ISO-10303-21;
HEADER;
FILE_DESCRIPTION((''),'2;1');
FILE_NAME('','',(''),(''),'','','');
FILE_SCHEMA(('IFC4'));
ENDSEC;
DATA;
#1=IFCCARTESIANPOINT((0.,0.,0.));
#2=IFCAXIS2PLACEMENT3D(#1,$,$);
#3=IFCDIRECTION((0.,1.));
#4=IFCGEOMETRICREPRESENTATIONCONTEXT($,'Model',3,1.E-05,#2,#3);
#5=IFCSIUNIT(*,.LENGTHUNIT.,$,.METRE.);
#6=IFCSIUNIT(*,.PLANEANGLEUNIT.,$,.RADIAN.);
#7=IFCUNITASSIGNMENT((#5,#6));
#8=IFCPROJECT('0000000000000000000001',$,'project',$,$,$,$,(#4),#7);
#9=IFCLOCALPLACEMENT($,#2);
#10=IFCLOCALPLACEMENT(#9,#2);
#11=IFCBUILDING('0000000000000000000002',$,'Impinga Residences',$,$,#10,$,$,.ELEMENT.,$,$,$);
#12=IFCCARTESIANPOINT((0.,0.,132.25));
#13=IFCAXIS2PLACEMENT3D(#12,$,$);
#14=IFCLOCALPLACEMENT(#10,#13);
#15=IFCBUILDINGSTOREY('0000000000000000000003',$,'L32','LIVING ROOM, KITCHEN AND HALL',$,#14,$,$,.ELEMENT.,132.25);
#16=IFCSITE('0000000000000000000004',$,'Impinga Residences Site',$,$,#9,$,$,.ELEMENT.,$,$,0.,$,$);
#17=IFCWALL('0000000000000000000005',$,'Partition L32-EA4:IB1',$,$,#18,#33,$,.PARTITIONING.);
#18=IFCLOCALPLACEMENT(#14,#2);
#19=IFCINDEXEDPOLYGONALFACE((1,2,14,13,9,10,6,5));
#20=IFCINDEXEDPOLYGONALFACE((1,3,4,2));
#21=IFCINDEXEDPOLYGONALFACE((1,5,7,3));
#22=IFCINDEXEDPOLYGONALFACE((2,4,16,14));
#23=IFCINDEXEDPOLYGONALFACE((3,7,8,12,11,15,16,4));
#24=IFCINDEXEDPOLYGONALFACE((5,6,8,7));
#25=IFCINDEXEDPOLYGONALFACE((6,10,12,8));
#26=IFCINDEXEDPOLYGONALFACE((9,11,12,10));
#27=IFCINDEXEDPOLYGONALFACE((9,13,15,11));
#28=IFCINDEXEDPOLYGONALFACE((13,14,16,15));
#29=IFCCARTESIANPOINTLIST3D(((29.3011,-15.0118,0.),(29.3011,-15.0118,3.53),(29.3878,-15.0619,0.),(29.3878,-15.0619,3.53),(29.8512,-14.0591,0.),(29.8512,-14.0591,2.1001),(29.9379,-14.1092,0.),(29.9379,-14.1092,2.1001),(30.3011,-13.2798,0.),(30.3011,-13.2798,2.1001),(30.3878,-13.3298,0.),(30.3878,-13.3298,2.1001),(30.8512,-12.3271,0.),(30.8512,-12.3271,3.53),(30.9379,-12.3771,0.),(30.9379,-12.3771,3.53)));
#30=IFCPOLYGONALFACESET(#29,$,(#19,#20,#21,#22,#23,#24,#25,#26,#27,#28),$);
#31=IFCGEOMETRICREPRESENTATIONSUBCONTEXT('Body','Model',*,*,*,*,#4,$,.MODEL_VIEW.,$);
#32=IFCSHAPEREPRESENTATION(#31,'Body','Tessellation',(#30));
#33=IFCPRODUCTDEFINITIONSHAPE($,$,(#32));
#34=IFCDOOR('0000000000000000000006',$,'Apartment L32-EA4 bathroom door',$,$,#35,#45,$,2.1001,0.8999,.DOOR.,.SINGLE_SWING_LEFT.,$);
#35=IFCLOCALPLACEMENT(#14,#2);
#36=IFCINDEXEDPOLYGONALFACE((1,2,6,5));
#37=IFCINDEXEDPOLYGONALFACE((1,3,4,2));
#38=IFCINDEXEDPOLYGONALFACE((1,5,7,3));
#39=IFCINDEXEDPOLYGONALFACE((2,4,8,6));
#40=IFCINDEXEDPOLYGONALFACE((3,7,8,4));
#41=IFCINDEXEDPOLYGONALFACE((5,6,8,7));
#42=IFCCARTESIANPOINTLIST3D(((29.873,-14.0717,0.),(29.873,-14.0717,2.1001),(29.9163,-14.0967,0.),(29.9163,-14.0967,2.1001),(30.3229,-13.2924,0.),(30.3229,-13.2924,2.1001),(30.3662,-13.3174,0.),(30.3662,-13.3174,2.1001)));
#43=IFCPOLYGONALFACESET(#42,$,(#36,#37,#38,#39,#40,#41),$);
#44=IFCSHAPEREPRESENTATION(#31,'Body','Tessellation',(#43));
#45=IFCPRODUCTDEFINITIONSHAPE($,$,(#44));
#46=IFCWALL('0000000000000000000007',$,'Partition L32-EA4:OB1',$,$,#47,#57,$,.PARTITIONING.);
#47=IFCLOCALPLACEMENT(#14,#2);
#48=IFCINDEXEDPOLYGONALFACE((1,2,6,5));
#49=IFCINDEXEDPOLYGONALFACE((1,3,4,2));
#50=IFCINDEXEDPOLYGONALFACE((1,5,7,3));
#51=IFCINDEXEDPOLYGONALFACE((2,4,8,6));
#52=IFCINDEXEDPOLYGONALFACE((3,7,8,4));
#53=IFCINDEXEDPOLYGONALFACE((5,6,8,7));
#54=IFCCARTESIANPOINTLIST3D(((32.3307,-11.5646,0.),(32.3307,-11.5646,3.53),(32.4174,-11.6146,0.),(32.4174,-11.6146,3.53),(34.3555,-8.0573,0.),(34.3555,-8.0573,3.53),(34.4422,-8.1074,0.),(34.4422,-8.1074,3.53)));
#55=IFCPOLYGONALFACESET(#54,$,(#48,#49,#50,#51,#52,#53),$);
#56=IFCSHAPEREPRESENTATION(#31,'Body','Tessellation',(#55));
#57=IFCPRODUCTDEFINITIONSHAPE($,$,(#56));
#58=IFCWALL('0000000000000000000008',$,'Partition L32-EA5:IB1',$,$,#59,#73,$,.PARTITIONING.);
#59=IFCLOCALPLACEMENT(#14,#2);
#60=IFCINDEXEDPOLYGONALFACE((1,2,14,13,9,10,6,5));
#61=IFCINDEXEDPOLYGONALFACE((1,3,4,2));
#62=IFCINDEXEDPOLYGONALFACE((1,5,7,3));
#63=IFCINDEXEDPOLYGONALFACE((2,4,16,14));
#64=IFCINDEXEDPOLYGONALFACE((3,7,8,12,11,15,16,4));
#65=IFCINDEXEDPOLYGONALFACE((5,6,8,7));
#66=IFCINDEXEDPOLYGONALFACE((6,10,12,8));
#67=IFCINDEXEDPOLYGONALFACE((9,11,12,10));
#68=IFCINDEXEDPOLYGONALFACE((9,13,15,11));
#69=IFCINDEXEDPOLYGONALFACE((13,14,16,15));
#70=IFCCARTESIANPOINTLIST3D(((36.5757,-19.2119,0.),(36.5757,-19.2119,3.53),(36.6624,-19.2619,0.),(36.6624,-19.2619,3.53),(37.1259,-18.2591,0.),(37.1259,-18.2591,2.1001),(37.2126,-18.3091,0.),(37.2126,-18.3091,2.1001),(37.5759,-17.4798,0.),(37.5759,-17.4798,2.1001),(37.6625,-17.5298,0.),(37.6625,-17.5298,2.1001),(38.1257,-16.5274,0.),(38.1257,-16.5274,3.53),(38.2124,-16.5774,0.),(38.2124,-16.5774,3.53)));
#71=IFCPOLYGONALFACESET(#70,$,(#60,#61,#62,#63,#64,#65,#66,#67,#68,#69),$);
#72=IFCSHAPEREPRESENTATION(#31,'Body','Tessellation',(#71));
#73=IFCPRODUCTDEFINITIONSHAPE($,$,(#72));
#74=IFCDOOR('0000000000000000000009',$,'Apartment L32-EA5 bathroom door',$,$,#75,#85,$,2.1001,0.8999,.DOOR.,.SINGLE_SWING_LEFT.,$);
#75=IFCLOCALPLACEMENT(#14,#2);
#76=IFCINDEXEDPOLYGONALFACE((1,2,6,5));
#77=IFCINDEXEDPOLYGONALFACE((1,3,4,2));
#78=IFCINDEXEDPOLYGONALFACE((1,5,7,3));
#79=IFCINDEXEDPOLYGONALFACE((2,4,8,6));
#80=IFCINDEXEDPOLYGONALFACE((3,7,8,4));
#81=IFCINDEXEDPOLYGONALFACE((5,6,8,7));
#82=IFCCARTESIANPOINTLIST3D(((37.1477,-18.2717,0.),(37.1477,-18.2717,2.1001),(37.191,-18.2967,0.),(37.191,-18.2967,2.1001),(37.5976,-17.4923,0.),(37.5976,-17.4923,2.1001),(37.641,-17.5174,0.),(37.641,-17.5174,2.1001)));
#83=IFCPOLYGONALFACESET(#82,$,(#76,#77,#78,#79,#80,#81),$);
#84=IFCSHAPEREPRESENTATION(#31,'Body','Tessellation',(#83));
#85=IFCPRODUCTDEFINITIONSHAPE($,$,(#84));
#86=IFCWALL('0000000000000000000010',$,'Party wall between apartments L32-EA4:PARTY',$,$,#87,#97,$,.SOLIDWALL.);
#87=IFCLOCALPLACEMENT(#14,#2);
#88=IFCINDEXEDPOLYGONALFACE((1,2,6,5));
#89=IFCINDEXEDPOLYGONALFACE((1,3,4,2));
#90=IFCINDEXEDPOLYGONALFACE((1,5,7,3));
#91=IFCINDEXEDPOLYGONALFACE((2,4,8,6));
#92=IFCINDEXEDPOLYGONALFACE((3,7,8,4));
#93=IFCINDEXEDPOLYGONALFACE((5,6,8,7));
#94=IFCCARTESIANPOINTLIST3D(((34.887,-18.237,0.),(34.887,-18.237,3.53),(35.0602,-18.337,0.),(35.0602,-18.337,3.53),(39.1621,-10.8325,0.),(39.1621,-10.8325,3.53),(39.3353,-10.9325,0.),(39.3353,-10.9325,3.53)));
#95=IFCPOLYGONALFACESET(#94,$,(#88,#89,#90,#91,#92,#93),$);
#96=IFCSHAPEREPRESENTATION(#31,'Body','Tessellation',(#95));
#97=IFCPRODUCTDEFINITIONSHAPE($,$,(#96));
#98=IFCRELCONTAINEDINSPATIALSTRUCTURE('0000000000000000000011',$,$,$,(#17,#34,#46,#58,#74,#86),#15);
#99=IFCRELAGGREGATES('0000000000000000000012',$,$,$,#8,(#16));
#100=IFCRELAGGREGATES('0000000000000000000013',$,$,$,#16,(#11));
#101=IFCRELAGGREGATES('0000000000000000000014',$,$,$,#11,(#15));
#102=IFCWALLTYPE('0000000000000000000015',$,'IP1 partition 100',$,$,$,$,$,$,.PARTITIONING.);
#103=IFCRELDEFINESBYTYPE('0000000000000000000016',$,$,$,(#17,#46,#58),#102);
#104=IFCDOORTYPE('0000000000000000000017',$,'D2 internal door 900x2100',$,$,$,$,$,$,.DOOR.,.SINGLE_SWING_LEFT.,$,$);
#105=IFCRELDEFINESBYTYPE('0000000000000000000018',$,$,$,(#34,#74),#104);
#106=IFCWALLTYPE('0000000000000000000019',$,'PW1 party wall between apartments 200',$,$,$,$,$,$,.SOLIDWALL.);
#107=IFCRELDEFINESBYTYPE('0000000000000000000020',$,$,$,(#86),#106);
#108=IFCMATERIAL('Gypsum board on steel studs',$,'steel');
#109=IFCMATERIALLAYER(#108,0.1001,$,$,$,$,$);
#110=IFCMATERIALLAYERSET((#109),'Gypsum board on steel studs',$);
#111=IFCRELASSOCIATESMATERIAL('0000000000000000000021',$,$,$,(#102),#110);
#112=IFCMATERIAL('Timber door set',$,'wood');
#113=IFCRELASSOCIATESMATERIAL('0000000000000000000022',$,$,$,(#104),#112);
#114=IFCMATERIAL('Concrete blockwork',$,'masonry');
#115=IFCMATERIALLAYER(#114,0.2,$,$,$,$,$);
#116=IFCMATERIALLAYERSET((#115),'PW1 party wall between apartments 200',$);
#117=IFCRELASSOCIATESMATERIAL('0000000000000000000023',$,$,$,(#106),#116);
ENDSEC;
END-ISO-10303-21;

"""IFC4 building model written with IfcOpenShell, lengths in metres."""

from ifc_helpers import new_model, si_unit, direction, frame, frame_2d, origin, place, context, subcontext, project, spatial, rectangle, extrude, material, layer, layer_set, type_object, element, fill, save


model = new_model("IFC4")

# Units and contexts
model_context = context("Model", 3, precision=1e-05, world=origin(), true_north=direction((0.0, 1.0)))
body_context = subcontext(model_context, "Body", "Model", "MODEL_VIEW")
ifc_project = project(units=[si_unit("LENGTHUNIT", "METRE"), si_unit("PLANEANGLEUNIT", "RADIAN")], contexts=[model_context])

# Site, building, storey
site_placement = place(None, origin())
site = spatial("IfcSite", under=ifc_project, at=site_placement, Name="Impinga Residences Site", CompositionType="ELEMENT", RefElevation=0.0)
building_placement = place(site_placement, origin())
building = spatial("IfcBuilding", under=site, at=building_placement, Name="Impinga Residences", CompositionType="ELEMENT")
storey_placement = place(building_placement, frame((0.0, 0.0, 132.25)))
storey = spatial("IfcBuildingStorey", under=building, at=storey_placement, Name="L32", Description="LIVING ROOM, KITCHEN AND HALL", CompositionType="ELEMENT", Elevation=132.25)

# Shared definitions
ifc_material_1 = material(Name="Concrete blockwork", Category="masonry")
ifc_material_2 = material(Name="Timber door set", Category="wood")

# Shared definitions
ifc_material_3 = material(Name="Gypsum board on steel studs", Category="steel")
ifc_layer_1 = layer(ifc_material_3, 0.1001)
ifc_layer_set_1 = layer_set([ifc_layer_1], Name="Gypsum board on steel studs")
wall_type_1 = type_object("IfcWallType", Name="IP1 partition 100", PredefinedType="PARTITIONING", material=ifc_layer_set_1)

# Shared definitions
door_type_1 = type_object("IfcDoorType", Name="D2 internal door 900x2100", OperationType="SINGLE_SWING_LEFT", PredefinedType="DOOR", material=ifc_material_2)

# Wall, opening, door
wall_1_placement = place(storey_placement, frame((29.3445, -15.0369, 0.0), z_axis=(0.0, 0.0, 1.0), x_axis=(0.499993, 0.86603, 0.0)))
wall_1 = element("IfcWall", 1, at=wall_1_placement, inside=storey, type_object=wall_type_1, Name="Partition L32-EA4:IB1", PredefinedType="PARTITIONING", context=body_context, shape_type="SweptSolid", body=[
    extrude(rectangle(XDim=3.1001, YDim=0.1001, at=frame_2d((1.55, 0.0))), origin(), (0.0, 0.0, 1.0), 3.53),
])
opening_1_placement = place(wall_1_placement, frame((1.1001, 0.0, 0.0)))
opening_1 = element("IfcOpeningElement", 2, at=opening_1_placement, cuts=wall_1, PredefinedType="OPENING", context=body_context, shape_type="SweptSolid", body=[
    extrude(rectangle(XDim=0.8999, YDim=2.1001, at=frame_2d((0.45, 1.05))), frame((0.0, 0.0601, 0.0), z_axis=(0.0, -1.0, 0.0), x_axis=(1.0, 0.0, 0.0)), (0.0, 0.0, 1.0), 0.1201),
])
door_1_placement = place(opening_1_placement, origin())
door_1 = element("IfcDoor", 3, at=door_1_placement, inside=storey, type_object=door_type_1, Name="Apartment L32-EA4 bathroom door", OperationType="SINGLE_SWING_LEFT", OverallHeight=2.1001, OverallWidth=0.8999, PredefinedType="DOOR", context=body_context, shape_type="SweptSolid", body=[
    extrude(rectangle(XDim=0.8999, YDim=2.1001, at=frame_2d((0.45, 1.05))), frame((0.0, 0.0249, 0.0), z_axis=(0.0, -1.0, 0.0), x_axis=(1.0, 0.0, 0.0)), (0.0, 0.0, 1.0), 0.05),
])
fill(opening_1, door_1)

# Wall
wall_2_placement = place(storey_placement, frame((32.374, -11.5896, 0.0), z_axis=(0.0, 0.0, 1.0), x_axis=(0.49999, 0.866031, 0.0)))
element("IfcWall", 4, at=wall_2_placement, inside=storey, type_object=wall_type_1, Name="Partition L32-EA4:OB1", PredefinedType="PARTITIONING", context=body_context, shape_type="SweptSolid", body=[
    extrude(rectangle(XDim=4.0498, YDim=0.1001, at=frame_2d((2.0249, 0.0))), origin(), (0.0, 0.0, 1.0), 3.53),
])

# Wall, opening, door
wall_3_placement = place(storey_placement, frame((36.6191, -19.2368, 0.0), z_axis=(0.0, 0.0, 1.0), x_axis=(0.500027, 0.86601, 0.0)))
wall_3 = element("IfcWall", 5, at=wall_3_placement, inside=storey, type_object=wall_type_1, Name="Partition L32-EA5:IB1", PredefinedType="PARTITIONING", context=body_context, shape_type="SweptSolid", body=[
    extrude(rectangle(XDim=3.0999, YDim=0.1001, at=frame_2d((1.5498, 0.0))), origin(), (0.0, 0.0, 1.0), 3.53),
])
opening_2_placement = place(wall_3_placement, frame((1.1001, 0.0, 0.0)))
opening_2 = element("IfcOpeningElement", 6, at=opening_2_placement, cuts=wall_3, PredefinedType="OPENING", context=body_context, shape_type="SweptSolid", body=[
    extrude(rectangle(XDim=0.8999, YDim=2.1001, at=frame_2d((0.45, 1.05))), frame((0.0, 0.0601, 0.0), z_axis=(0.0, -1.0, 0.0), x_axis=(1.0, 0.0, 0.0)), (0.0, 0.0, 1.0), 0.1201),
])
door_2_placement = place(opening_2_placement, origin())
door_2 = element("IfcDoor", 7, at=door_2_placement, inside=storey, type_object=door_type_1, Name="Apartment L32-EA5 bathroom door", OperationType="SINGLE_SWING_LEFT", OverallHeight=2.1001, OverallWidth=0.8999, PredefinedType="DOOR", context=body_context, shape_type="SweptSolid", body=[
    extrude(rectangle(XDim=0.8999, YDim=2.1001, at=frame_2d((0.45, 1.05))), frame((0.0, 0.0249, 0.0), z_axis=(0.0, -1.0, 0.0), x_axis=(1.0, 0.0, 0.0)), (0.0, 0.0, 1.0), 0.05),
])
fill(opening_2, door_2)

# Wall
ifc_layer_2 = layer(ifc_material_1, 0.2)
ifc_layer_set_2 = layer_set([ifc_layer_2], Name="PW1 party wall between apartments 200")
wall_type_2 = type_object("IfcWallType", Name="PW1 party wall between apartments 200", PredefinedType="SOLIDWALL", material=ifc_layer_set_2)
wall_4_placement = place(storey_placement, frame((34.9736, -18.2869, 0.0), z_axis=(0.0, 0.0, 1.0), x_axis=(0.500012, 0.866019, 0.0)))
element("IfcWall", 8, at=wall_4_placement, inside=storey, type_object=wall_type_2, Name="Party wall between apartments L32-EA4:PARTY", PredefinedType="SOLIDWALL", context=body_context, shape_type="SweptSolid", body=[
    extrude(rectangle(XDim=8.55, YDim=0.2, at=frame_2d((4.2749, 0.0))), origin(), (0.0, 0.0, 1.0), 3.53),
])

save(model, "model.ifc")
